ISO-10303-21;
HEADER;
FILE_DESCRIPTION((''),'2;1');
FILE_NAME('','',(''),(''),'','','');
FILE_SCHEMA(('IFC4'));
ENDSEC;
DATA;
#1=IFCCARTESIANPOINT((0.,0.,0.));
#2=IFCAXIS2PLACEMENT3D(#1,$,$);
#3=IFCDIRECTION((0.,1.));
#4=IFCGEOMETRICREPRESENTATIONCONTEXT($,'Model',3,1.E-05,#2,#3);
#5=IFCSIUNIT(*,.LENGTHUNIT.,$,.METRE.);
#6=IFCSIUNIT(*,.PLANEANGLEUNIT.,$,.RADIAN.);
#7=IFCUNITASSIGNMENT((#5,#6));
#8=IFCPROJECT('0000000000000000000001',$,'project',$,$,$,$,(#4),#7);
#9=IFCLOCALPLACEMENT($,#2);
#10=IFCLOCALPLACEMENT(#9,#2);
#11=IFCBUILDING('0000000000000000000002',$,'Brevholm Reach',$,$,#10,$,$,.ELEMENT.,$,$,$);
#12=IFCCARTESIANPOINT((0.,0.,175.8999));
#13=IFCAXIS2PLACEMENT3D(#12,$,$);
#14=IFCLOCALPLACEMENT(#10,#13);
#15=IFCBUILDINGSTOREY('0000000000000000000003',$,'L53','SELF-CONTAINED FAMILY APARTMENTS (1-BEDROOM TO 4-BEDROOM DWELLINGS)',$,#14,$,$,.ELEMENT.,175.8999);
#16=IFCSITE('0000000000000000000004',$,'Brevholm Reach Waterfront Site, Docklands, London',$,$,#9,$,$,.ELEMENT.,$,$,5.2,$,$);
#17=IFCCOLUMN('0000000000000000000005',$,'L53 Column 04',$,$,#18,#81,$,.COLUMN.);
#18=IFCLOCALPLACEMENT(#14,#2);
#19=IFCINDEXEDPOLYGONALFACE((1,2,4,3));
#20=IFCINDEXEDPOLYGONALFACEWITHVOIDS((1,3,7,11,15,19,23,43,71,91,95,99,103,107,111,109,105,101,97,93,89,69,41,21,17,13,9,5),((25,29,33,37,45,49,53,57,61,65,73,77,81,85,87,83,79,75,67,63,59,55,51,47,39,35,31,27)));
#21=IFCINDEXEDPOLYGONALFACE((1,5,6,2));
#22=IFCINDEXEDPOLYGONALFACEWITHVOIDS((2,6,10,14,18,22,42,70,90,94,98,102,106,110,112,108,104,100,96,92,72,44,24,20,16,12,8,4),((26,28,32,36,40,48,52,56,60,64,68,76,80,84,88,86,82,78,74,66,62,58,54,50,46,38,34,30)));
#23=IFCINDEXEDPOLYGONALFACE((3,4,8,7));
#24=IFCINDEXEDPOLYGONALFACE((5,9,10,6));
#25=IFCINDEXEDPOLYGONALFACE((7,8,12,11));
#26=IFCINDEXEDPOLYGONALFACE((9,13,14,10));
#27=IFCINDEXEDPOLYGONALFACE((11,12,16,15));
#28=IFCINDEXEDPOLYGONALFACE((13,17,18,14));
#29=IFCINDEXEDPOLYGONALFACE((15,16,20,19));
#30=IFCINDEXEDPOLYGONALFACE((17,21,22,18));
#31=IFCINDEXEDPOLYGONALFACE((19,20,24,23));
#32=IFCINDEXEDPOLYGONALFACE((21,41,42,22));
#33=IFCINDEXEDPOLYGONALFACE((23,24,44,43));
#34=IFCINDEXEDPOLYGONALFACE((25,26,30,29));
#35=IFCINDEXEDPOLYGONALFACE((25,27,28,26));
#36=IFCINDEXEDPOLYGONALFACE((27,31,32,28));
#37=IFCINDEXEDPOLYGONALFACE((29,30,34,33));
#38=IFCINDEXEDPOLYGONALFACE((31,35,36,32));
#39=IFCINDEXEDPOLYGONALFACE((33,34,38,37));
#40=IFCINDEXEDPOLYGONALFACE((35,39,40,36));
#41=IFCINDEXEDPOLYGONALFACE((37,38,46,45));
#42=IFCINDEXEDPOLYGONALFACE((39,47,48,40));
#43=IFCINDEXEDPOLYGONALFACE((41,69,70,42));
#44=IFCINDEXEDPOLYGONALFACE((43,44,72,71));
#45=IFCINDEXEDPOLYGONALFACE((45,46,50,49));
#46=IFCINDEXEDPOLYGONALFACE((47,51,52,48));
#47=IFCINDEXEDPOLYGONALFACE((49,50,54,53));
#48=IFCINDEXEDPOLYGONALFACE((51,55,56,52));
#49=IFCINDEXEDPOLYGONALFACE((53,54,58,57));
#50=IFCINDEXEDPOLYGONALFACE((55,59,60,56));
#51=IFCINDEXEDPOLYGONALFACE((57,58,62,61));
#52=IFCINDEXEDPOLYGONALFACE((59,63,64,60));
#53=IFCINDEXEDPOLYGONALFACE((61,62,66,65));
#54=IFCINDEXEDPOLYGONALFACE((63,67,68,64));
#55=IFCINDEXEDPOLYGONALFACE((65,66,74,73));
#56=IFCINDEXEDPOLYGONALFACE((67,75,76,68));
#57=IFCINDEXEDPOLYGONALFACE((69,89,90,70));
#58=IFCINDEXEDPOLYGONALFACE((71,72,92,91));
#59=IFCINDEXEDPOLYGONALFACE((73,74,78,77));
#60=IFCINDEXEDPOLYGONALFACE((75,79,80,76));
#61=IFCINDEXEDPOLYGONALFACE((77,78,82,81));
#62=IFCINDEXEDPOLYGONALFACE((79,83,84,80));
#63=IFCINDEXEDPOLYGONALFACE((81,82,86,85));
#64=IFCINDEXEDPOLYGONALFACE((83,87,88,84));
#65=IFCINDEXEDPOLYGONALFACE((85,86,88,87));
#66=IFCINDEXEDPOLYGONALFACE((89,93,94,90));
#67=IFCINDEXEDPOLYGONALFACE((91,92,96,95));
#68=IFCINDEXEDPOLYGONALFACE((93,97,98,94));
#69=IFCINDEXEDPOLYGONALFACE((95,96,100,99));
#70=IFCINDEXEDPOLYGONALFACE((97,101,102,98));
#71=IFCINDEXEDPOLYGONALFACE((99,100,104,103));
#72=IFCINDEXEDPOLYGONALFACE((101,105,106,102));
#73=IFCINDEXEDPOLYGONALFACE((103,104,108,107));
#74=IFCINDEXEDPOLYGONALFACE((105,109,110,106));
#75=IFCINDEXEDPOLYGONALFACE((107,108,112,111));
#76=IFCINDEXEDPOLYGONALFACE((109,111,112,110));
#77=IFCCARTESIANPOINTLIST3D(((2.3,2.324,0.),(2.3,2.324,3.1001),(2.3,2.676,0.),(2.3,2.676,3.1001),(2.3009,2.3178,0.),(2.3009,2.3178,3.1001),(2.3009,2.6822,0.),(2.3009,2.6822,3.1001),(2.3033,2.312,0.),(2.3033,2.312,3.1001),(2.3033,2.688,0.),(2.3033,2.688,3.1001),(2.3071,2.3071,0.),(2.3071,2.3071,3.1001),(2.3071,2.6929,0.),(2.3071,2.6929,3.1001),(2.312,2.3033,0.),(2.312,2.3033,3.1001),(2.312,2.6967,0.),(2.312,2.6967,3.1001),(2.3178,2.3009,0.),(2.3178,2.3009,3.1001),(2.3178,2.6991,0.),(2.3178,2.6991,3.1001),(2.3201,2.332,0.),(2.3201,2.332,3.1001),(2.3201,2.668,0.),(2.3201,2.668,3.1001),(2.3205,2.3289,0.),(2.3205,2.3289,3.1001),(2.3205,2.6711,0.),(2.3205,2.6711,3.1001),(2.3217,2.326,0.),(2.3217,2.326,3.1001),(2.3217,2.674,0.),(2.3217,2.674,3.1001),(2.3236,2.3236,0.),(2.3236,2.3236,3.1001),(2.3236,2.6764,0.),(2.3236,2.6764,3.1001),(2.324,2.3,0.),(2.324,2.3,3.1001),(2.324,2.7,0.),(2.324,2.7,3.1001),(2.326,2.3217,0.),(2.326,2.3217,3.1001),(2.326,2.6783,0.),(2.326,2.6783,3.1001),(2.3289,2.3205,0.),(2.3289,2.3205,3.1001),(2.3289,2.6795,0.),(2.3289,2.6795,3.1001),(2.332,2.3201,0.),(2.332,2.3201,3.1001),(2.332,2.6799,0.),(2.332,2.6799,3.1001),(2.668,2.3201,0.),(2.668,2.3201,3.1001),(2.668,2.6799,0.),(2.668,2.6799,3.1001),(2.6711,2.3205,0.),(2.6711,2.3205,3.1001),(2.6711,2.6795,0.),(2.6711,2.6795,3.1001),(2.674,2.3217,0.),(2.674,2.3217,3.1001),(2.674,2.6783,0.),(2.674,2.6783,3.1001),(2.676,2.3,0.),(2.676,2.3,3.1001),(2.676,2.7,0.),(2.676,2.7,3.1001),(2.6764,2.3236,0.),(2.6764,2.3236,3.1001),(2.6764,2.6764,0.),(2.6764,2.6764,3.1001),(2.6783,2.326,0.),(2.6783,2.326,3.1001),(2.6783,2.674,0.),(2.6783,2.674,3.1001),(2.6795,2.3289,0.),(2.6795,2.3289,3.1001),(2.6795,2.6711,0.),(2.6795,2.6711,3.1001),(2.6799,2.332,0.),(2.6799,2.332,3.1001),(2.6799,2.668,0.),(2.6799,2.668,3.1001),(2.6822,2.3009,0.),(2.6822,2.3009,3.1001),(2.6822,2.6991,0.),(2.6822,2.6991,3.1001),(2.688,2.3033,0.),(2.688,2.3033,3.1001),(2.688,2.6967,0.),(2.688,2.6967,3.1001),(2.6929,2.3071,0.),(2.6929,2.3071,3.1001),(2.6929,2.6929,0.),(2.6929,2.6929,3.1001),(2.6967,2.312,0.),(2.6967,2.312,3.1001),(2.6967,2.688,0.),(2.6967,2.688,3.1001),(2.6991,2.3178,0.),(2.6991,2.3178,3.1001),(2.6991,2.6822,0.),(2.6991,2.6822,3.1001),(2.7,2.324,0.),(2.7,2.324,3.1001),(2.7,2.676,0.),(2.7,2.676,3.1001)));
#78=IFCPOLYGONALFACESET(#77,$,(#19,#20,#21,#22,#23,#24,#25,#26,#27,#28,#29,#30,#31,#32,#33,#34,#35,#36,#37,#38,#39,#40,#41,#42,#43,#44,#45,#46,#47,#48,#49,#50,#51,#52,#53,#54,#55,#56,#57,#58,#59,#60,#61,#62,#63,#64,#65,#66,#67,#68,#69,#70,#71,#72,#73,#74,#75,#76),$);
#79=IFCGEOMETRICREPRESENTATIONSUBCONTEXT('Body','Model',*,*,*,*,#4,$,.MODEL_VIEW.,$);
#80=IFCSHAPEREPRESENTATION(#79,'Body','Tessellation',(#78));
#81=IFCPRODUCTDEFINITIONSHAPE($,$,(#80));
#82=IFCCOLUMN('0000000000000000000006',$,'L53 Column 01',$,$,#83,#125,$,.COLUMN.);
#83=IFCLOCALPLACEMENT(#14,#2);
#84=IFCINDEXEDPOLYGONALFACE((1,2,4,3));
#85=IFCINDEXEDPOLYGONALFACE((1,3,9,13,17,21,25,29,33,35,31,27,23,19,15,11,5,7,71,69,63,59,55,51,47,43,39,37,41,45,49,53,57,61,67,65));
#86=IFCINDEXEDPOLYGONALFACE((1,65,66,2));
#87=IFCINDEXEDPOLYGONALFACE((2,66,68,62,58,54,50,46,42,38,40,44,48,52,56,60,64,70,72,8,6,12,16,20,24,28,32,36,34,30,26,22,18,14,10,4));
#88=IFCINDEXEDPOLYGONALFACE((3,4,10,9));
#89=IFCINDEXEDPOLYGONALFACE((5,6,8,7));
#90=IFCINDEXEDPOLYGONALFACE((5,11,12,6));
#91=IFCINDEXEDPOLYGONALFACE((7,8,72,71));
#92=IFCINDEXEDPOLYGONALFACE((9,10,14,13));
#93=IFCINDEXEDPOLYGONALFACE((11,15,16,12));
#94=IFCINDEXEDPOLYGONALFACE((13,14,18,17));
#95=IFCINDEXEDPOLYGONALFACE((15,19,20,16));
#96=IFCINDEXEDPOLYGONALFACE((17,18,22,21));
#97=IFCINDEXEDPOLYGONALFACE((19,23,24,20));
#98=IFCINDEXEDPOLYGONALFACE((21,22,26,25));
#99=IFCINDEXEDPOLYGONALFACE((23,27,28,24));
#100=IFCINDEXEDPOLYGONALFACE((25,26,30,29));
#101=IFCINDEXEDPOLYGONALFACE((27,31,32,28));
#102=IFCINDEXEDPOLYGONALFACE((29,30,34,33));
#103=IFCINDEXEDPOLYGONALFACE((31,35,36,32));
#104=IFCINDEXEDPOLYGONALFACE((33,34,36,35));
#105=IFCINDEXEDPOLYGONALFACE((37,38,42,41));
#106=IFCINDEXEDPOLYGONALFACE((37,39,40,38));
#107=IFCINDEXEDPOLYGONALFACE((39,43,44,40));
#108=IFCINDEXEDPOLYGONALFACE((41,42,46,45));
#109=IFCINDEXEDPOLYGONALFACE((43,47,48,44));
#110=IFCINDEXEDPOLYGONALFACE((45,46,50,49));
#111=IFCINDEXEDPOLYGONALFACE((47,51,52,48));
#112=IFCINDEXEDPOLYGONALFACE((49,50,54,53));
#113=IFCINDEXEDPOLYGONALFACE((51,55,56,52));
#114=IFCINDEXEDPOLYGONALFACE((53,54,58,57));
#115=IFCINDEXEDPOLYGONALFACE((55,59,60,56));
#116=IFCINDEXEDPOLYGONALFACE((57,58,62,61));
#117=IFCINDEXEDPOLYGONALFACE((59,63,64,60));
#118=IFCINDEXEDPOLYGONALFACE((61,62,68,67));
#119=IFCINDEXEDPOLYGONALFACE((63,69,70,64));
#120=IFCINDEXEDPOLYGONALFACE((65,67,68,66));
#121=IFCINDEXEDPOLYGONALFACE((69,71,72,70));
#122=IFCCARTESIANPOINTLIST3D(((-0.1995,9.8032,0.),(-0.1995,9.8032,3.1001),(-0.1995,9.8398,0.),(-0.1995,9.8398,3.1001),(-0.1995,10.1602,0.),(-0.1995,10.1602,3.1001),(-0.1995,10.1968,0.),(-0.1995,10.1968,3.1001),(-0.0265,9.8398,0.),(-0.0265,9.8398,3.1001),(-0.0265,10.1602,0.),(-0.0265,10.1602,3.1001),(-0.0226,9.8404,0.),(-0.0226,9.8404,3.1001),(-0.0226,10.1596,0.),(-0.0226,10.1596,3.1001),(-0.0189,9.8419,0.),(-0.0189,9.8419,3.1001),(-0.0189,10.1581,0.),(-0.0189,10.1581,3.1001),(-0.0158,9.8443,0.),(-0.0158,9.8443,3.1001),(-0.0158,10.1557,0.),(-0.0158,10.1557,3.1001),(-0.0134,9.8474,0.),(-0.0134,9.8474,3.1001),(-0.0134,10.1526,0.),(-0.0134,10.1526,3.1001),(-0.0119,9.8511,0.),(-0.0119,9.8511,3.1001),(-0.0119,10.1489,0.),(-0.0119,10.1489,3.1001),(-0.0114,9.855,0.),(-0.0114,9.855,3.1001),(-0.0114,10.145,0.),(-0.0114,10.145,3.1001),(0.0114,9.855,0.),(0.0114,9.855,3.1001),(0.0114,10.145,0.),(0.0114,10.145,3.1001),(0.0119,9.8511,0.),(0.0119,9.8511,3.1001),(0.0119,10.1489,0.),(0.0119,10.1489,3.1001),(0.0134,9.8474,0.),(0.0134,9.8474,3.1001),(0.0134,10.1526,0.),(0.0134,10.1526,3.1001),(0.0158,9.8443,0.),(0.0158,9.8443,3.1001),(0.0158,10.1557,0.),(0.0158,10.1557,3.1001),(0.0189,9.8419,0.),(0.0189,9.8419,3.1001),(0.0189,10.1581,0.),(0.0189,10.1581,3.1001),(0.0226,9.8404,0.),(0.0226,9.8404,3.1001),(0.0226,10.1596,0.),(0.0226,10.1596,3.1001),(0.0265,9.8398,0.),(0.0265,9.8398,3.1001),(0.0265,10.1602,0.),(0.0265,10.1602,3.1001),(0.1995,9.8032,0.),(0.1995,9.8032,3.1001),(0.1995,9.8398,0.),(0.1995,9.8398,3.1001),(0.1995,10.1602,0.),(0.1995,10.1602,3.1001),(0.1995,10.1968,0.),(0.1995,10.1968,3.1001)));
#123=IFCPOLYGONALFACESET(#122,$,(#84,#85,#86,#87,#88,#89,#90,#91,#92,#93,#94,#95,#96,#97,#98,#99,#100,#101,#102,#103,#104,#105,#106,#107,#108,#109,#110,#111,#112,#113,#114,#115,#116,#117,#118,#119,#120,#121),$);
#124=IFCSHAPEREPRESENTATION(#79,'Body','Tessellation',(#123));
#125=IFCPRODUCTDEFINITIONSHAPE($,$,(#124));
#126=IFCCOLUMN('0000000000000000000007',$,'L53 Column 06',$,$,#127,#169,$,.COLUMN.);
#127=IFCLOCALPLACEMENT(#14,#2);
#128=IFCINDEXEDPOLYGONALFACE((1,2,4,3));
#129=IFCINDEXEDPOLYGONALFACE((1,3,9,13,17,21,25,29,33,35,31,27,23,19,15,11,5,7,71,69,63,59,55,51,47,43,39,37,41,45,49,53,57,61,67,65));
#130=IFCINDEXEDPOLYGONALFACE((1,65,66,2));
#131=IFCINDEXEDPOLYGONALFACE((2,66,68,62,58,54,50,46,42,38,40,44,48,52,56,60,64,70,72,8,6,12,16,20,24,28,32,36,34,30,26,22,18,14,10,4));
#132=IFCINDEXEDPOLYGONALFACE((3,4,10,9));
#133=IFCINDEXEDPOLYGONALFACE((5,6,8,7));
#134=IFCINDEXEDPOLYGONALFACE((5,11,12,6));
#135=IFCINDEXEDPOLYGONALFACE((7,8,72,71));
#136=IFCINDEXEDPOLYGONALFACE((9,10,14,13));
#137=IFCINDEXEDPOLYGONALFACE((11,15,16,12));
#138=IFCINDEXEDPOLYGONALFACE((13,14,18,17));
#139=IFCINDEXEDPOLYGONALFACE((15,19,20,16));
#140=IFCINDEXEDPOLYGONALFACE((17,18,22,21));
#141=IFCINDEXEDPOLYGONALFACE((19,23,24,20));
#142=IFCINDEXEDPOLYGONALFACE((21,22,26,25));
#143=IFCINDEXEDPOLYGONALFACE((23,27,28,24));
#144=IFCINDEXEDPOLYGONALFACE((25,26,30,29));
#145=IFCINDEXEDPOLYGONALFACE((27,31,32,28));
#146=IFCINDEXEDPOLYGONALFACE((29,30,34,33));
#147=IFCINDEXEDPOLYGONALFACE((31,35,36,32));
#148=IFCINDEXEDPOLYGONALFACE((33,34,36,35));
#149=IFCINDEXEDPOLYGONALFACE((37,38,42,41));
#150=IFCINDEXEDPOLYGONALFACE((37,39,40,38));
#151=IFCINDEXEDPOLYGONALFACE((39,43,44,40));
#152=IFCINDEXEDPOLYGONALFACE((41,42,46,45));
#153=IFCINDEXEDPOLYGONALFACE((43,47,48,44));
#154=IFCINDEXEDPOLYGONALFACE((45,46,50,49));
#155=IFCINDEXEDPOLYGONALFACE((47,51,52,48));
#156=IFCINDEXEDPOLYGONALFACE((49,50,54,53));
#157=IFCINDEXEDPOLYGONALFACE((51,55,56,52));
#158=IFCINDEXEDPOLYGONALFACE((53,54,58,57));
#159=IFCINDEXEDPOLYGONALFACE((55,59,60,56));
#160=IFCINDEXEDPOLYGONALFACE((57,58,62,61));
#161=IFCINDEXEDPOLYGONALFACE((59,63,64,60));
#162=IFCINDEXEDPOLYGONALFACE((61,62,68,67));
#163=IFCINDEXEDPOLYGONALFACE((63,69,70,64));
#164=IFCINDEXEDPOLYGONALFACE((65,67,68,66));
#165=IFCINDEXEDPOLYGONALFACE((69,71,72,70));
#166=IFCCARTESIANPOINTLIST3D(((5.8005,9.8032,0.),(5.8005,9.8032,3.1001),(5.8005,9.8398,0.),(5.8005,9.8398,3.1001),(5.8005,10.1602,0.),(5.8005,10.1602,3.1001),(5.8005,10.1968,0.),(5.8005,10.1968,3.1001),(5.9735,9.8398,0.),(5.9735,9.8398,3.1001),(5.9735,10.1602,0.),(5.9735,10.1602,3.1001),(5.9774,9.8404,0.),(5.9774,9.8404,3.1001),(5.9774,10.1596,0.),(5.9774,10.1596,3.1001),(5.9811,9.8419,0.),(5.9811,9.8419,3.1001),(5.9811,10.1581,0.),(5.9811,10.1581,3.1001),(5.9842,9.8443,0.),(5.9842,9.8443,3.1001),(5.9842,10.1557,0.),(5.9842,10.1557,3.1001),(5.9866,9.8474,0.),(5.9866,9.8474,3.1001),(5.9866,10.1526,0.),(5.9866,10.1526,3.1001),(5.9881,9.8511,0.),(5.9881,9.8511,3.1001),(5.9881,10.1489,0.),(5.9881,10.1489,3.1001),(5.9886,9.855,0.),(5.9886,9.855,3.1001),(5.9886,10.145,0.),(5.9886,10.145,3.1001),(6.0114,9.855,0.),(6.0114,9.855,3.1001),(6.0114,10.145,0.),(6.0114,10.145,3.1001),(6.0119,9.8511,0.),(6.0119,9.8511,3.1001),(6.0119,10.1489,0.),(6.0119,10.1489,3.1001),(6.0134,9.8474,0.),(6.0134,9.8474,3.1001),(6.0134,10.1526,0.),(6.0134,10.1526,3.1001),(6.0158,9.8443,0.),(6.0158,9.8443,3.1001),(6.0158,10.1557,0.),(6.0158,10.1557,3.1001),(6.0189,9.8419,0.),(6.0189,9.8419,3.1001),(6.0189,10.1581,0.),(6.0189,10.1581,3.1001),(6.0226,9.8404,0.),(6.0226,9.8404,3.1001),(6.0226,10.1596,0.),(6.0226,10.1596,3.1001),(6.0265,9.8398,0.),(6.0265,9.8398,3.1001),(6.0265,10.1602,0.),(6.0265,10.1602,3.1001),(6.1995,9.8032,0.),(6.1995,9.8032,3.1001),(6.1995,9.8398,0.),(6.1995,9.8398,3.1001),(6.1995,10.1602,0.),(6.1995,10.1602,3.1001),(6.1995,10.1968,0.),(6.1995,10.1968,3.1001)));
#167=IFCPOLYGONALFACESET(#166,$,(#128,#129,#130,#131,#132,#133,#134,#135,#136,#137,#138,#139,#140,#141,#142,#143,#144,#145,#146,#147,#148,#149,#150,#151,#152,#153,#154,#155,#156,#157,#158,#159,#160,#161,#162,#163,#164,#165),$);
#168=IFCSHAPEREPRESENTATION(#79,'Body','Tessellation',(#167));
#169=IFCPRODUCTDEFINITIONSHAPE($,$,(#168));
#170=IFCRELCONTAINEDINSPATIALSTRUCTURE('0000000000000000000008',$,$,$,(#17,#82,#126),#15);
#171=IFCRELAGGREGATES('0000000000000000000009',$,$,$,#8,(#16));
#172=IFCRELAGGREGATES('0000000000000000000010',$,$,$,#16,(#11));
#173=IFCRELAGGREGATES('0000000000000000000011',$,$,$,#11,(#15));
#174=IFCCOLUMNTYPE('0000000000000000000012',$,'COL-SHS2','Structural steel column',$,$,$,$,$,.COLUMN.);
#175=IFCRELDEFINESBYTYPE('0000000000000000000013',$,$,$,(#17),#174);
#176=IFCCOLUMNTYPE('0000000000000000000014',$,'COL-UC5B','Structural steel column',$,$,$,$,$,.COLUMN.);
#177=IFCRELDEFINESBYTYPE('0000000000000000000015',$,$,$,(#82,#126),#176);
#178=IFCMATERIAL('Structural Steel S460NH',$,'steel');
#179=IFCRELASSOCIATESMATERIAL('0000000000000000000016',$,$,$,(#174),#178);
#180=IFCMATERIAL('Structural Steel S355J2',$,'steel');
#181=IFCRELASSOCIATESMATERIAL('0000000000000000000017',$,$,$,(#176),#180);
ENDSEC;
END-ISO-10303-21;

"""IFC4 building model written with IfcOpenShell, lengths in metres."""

from ifc_helpers import new_model, si_unit, direction, frame, origin, origin_2d, place, context, subcontext, project, spatial, hollow_rectangle, i_section, extrude, material, material_profile, profile_set, type_object, element, save


model = new_model("IFC4")

# Units and contexts
model_context = context("Model", 3, precision=1e-05, world=origin(), true_north=direction((0.0, 1.0)))
body_context = subcontext(model_context, "Body", "Model", "MODEL_VIEW")
ifc_project = project(units=[si_unit("LENGTHUNIT", "METRE"), si_unit("PLANEANGLEUNIT", "RADIAN")], contexts=[model_context])

# Site, building, storey
site_placement = place(None, origin())
site = spatial("IfcSite", under=ifc_project, at=site_placement, Name="Brevholm Reach Waterfront Site, Docklands, London", CompositionType="ELEMENT", RefElevation=5.2)
building_placement = place(site_placement, origin())
building = spatial("IfcBuilding", under=site, at=building_placement, Name="Brevholm Reach", CompositionType="ELEMENT")
storey_placement = place(building_placement, frame((0.0, 0.0, 175.8999)))
storey = spatial("IfcBuildingStorey", under=building, at=storey_placement, Name="L53", Description="SELF-CONTAINED FAMILY APARTMENTS (1-BEDROOM TO 4-BEDROOM DWELLINGS)", CompositionType="ELEMENT", Elevation=175.8999)

# Columns
ifc_material_1 = material(Name="Structural Steel S460NH", Category="steel")
ifc_material_profile_1 = material_profile(ifc_material_1, hollow_rectangle(XDim=0.3999, YDim=0.3999, WallThickness=0.02, InnerFilletRadius=0.012, OuterFilletRadius=0.0239, at=origin_2d()), Name="SHS 400x400x20")
ifc_profile_set_1 = profile_set([ifc_material_profile_1], Name="Structural Steel S460NH")
column_type_1 = type_object("IfcColumnType", Name="COL-SHS2", Description="Structural steel column", PredefinedType="COLUMN", material=ifc_profile_set_1)
column_placement = place(storey_placement, frame((2.5, 2.5, 0.0), z_axis=(0.0, 0.0, 1.0), x_axis=(1.0, 0.0, 0.0)))
element("IfcColumn", 1, at=column_placement, inside=storey, type_object=column_type_1, Name="L53 Column 04", PredefinedType="COLUMN", context=body_context, shape_type="SweptSolid", body=[
    extrude(hollow_rectangle(XDim=0.3999, YDim=0.3999, WallThickness=0.02, InnerFilletRadius=0.012, OuterFilletRadius=0.0239, at=origin_2d()), origin(), (0.0, 0.0, 1.0), 3.1001),
])
ifc_material_2 = material(Name="Structural Steel S355J2", Category="steel")
ifc_material_profile_2 = material_profile(ifc_material_2, i_section(OverallWidth=0.3989, OverallDepth=0.3936, WebThickness=0.0227, FlangeThickness=0.0366, FilletRadius=0.0151, at=origin_2d()), Name="UKC 356x406x287")
ifc_profile_set_2 = profile_set([ifc_material_profile_2], Name="Structural Steel S355J2")
column_type_2 = type_object("IfcColumnType", Name="COL-UC5B", Description="Structural steel column", PredefinedType="COLUMN", material=ifc_profile_set_2)
for number, where, z_axis, x_axis, name in (
    (2, (0.0, 10.0, 0.0), (0.0, 0.0, 1.0), (1.0, 0.0, 0.0), "L53 Column 01"),
    (3, (6.0, 10.0, 0.0), (0.0, 0.0, 1.0), (1.0, 0.0, 0.0), "L53 Column 06"),
):
    element("IfcColumn", number, at=place(storey_placement, frame(where, z_axis=z_axis, x_axis=x_axis)), inside=storey, type_object=column_type_2, Name=name, PredefinedType="COLUMN", context=body_context, shape_type="SweptSolid", body=[
        extrude(i_section(OverallWidth=0.3989, OverallDepth=0.3936, WebThickness=0.0227, FlangeThickness=0.0366, FilletRadius=0.0151, at=origin_2d()), origin(), (0.0, 0.0, 1.0), 3.1001),
    ])

save(model, "model.ifc")
